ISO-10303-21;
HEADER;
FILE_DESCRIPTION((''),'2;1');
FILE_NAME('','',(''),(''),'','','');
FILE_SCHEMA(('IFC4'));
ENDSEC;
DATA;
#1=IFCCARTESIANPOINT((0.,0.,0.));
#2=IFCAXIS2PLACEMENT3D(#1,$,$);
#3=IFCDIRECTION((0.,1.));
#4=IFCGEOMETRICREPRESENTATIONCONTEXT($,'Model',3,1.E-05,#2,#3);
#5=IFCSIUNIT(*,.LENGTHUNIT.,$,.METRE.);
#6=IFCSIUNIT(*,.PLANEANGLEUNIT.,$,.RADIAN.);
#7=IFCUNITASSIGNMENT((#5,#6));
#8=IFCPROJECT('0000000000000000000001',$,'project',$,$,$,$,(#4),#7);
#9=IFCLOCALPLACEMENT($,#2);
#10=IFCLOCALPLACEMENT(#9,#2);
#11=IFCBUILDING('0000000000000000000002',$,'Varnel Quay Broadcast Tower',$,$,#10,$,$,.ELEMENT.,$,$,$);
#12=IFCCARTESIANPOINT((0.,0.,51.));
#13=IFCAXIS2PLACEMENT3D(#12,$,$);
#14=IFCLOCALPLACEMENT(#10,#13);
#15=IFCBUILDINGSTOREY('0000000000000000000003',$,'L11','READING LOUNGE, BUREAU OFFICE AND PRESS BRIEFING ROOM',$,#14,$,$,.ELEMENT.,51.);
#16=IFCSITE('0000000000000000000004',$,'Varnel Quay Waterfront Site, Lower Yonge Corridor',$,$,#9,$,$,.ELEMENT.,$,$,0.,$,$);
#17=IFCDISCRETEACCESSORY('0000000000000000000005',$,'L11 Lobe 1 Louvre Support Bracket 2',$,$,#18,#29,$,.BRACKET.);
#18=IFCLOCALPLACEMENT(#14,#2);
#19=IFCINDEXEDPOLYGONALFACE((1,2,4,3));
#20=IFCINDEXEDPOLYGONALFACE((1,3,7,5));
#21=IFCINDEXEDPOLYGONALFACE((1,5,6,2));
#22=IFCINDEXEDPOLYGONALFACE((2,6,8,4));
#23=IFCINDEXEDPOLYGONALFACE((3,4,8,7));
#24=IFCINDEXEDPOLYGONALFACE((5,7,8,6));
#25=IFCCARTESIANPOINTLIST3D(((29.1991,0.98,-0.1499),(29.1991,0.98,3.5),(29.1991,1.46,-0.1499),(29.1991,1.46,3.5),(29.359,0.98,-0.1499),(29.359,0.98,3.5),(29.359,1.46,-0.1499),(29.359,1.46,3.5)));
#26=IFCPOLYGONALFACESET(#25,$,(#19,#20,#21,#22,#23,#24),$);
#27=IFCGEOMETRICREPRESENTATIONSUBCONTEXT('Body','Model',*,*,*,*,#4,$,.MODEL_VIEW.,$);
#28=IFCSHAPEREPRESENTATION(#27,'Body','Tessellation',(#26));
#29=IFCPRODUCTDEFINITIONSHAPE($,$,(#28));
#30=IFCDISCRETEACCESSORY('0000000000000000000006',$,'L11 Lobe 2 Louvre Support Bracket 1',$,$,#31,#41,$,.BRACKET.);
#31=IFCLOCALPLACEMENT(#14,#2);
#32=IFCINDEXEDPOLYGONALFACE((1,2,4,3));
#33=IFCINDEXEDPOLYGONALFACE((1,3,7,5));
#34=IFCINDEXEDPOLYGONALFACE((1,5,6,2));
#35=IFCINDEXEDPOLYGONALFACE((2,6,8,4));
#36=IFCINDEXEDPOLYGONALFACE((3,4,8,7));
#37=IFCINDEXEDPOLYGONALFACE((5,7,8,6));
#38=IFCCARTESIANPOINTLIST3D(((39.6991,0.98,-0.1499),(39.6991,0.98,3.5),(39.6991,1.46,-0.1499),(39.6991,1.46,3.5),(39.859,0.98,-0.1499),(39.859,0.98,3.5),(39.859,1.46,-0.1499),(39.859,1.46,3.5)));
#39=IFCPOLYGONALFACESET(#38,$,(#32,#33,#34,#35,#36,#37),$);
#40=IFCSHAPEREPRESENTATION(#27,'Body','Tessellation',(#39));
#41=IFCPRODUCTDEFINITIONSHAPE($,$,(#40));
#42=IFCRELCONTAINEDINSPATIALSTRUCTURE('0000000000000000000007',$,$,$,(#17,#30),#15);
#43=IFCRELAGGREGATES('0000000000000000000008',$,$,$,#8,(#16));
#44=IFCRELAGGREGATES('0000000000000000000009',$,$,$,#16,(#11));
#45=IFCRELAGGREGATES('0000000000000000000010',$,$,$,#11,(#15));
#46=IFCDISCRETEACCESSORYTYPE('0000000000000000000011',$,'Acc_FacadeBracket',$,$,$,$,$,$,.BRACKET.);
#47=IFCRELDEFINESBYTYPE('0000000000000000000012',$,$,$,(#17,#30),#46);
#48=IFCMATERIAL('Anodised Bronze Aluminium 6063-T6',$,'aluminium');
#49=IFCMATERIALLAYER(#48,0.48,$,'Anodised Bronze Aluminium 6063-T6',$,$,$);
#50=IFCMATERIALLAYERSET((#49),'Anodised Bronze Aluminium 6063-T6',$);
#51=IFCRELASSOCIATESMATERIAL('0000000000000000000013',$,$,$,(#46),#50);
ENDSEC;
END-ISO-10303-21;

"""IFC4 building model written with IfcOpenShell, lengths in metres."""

from ifc_helpers import new_model, si_unit, direction, frame, origin, origin_2d, place, context, subcontext, project, spatial, rectangle, extrude, source, transform, mapped, material, layer, layer_set, type_object, type_shapes, element, save


model = new_model("IFC4")

# Units and contexts
model_context = context("Model", 3, precision=1e-05, world=origin(), true_north=direction((0.0, 1.0)))
body_context = subcontext(model_context, "Body", "Model", "MODEL_VIEW")
ifc_project = project(units=[si_unit("LENGTHUNIT", "METRE"), si_unit("PLANEANGLEUNIT", "RADIAN")], contexts=[model_context])

# Site, building, storey
site_placement = place(None, origin())
site = spatial("IfcSite", under=ifc_project, at=site_placement, Name="Varnel Quay Waterfront Site, Lower Yonge Corridor", CompositionType="ELEMENT", RefElevation=0.0)
building_placement = place(site_placement, origin())
building = spatial("IfcBuilding", under=site, at=building_placement, Name="Varnel Quay Broadcast Tower", CompositionType="ELEMENT")
storey_placement = place(building_placement, frame((0.0, 0.0, 51.0)))
storey = spatial("IfcBuildingStorey", under=building, at=storey_placement, Name="L11", Description="READING LOUNGE, BUREAU OFFICE AND PRESS BRIEFING ROOM", CompositionType="ELEMENT", Elevation=51.0)

# Shared definitions
ifc_material_1 = material(Name="Anodised Bronze Aluminium 6063-T6", Category="aluminium")

# Discrete accessories
ifc_layer_1 = layer(ifc_material_1, 0.48, Name="Anodised Bronze Aluminium 6063-T6")
ifc_layer_set_1 = layer_set([ifc_layer_1], Name="Anodised Bronze Aluminium 6063-T6")
discrete_accessory_type = type_object("IfcDiscreteAccessoryType", Name="Acc_FacadeBracket", PredefinedType="BRACKET", material=ifc_layer_set_1)
shared_shape_1 = source(origin(), body_context, "Body", "SweptSolid", [
    extrude(rectangle(XDim=0.1599, YDim=0.48, at=origin_2d()), origin(), (0.0, 0.0, 1.0), 3.6499),
])
type_shapes(discrete_accessory_type, [shared_shape_1])
for number, where, z_axis, x_axis, name in (
    (1, (29.2791, 1.22, -0.1499), (0.0, 0.0, 1.0), (1.0, 0.0, 0.0), "L11 Lobe 1 Louvre Support Bracket 2"),
    (2, (39.7791, 1.22, -0.1499), (0.0, 0.0, 1.0), (1.0, 0.0, 0.0), "L11 Lobe 2 Louvre Support Bracket 1"),
):
    element("IfcDiscreteAccessory", number, at=place(storey_placement, frame(where, z_axis=z_axis, x_axis=x_axis)), inside=storey, type_object=discrete_accessory_type, Name=name, PredefinedType="BRACKET", context=body_context, shape_type="MappedRepresentation", body=[
        mapped(shared_shape_1, transform((0.0, 0.0, 0.0), x_axis=(1.0, 0.0, 0.0), y_axis=(0.0, 1.0, 0.0), z_axis=(0.0, 0.0, 1.0), scale=1.0)),
    ])

save(model, "model.ifc")
